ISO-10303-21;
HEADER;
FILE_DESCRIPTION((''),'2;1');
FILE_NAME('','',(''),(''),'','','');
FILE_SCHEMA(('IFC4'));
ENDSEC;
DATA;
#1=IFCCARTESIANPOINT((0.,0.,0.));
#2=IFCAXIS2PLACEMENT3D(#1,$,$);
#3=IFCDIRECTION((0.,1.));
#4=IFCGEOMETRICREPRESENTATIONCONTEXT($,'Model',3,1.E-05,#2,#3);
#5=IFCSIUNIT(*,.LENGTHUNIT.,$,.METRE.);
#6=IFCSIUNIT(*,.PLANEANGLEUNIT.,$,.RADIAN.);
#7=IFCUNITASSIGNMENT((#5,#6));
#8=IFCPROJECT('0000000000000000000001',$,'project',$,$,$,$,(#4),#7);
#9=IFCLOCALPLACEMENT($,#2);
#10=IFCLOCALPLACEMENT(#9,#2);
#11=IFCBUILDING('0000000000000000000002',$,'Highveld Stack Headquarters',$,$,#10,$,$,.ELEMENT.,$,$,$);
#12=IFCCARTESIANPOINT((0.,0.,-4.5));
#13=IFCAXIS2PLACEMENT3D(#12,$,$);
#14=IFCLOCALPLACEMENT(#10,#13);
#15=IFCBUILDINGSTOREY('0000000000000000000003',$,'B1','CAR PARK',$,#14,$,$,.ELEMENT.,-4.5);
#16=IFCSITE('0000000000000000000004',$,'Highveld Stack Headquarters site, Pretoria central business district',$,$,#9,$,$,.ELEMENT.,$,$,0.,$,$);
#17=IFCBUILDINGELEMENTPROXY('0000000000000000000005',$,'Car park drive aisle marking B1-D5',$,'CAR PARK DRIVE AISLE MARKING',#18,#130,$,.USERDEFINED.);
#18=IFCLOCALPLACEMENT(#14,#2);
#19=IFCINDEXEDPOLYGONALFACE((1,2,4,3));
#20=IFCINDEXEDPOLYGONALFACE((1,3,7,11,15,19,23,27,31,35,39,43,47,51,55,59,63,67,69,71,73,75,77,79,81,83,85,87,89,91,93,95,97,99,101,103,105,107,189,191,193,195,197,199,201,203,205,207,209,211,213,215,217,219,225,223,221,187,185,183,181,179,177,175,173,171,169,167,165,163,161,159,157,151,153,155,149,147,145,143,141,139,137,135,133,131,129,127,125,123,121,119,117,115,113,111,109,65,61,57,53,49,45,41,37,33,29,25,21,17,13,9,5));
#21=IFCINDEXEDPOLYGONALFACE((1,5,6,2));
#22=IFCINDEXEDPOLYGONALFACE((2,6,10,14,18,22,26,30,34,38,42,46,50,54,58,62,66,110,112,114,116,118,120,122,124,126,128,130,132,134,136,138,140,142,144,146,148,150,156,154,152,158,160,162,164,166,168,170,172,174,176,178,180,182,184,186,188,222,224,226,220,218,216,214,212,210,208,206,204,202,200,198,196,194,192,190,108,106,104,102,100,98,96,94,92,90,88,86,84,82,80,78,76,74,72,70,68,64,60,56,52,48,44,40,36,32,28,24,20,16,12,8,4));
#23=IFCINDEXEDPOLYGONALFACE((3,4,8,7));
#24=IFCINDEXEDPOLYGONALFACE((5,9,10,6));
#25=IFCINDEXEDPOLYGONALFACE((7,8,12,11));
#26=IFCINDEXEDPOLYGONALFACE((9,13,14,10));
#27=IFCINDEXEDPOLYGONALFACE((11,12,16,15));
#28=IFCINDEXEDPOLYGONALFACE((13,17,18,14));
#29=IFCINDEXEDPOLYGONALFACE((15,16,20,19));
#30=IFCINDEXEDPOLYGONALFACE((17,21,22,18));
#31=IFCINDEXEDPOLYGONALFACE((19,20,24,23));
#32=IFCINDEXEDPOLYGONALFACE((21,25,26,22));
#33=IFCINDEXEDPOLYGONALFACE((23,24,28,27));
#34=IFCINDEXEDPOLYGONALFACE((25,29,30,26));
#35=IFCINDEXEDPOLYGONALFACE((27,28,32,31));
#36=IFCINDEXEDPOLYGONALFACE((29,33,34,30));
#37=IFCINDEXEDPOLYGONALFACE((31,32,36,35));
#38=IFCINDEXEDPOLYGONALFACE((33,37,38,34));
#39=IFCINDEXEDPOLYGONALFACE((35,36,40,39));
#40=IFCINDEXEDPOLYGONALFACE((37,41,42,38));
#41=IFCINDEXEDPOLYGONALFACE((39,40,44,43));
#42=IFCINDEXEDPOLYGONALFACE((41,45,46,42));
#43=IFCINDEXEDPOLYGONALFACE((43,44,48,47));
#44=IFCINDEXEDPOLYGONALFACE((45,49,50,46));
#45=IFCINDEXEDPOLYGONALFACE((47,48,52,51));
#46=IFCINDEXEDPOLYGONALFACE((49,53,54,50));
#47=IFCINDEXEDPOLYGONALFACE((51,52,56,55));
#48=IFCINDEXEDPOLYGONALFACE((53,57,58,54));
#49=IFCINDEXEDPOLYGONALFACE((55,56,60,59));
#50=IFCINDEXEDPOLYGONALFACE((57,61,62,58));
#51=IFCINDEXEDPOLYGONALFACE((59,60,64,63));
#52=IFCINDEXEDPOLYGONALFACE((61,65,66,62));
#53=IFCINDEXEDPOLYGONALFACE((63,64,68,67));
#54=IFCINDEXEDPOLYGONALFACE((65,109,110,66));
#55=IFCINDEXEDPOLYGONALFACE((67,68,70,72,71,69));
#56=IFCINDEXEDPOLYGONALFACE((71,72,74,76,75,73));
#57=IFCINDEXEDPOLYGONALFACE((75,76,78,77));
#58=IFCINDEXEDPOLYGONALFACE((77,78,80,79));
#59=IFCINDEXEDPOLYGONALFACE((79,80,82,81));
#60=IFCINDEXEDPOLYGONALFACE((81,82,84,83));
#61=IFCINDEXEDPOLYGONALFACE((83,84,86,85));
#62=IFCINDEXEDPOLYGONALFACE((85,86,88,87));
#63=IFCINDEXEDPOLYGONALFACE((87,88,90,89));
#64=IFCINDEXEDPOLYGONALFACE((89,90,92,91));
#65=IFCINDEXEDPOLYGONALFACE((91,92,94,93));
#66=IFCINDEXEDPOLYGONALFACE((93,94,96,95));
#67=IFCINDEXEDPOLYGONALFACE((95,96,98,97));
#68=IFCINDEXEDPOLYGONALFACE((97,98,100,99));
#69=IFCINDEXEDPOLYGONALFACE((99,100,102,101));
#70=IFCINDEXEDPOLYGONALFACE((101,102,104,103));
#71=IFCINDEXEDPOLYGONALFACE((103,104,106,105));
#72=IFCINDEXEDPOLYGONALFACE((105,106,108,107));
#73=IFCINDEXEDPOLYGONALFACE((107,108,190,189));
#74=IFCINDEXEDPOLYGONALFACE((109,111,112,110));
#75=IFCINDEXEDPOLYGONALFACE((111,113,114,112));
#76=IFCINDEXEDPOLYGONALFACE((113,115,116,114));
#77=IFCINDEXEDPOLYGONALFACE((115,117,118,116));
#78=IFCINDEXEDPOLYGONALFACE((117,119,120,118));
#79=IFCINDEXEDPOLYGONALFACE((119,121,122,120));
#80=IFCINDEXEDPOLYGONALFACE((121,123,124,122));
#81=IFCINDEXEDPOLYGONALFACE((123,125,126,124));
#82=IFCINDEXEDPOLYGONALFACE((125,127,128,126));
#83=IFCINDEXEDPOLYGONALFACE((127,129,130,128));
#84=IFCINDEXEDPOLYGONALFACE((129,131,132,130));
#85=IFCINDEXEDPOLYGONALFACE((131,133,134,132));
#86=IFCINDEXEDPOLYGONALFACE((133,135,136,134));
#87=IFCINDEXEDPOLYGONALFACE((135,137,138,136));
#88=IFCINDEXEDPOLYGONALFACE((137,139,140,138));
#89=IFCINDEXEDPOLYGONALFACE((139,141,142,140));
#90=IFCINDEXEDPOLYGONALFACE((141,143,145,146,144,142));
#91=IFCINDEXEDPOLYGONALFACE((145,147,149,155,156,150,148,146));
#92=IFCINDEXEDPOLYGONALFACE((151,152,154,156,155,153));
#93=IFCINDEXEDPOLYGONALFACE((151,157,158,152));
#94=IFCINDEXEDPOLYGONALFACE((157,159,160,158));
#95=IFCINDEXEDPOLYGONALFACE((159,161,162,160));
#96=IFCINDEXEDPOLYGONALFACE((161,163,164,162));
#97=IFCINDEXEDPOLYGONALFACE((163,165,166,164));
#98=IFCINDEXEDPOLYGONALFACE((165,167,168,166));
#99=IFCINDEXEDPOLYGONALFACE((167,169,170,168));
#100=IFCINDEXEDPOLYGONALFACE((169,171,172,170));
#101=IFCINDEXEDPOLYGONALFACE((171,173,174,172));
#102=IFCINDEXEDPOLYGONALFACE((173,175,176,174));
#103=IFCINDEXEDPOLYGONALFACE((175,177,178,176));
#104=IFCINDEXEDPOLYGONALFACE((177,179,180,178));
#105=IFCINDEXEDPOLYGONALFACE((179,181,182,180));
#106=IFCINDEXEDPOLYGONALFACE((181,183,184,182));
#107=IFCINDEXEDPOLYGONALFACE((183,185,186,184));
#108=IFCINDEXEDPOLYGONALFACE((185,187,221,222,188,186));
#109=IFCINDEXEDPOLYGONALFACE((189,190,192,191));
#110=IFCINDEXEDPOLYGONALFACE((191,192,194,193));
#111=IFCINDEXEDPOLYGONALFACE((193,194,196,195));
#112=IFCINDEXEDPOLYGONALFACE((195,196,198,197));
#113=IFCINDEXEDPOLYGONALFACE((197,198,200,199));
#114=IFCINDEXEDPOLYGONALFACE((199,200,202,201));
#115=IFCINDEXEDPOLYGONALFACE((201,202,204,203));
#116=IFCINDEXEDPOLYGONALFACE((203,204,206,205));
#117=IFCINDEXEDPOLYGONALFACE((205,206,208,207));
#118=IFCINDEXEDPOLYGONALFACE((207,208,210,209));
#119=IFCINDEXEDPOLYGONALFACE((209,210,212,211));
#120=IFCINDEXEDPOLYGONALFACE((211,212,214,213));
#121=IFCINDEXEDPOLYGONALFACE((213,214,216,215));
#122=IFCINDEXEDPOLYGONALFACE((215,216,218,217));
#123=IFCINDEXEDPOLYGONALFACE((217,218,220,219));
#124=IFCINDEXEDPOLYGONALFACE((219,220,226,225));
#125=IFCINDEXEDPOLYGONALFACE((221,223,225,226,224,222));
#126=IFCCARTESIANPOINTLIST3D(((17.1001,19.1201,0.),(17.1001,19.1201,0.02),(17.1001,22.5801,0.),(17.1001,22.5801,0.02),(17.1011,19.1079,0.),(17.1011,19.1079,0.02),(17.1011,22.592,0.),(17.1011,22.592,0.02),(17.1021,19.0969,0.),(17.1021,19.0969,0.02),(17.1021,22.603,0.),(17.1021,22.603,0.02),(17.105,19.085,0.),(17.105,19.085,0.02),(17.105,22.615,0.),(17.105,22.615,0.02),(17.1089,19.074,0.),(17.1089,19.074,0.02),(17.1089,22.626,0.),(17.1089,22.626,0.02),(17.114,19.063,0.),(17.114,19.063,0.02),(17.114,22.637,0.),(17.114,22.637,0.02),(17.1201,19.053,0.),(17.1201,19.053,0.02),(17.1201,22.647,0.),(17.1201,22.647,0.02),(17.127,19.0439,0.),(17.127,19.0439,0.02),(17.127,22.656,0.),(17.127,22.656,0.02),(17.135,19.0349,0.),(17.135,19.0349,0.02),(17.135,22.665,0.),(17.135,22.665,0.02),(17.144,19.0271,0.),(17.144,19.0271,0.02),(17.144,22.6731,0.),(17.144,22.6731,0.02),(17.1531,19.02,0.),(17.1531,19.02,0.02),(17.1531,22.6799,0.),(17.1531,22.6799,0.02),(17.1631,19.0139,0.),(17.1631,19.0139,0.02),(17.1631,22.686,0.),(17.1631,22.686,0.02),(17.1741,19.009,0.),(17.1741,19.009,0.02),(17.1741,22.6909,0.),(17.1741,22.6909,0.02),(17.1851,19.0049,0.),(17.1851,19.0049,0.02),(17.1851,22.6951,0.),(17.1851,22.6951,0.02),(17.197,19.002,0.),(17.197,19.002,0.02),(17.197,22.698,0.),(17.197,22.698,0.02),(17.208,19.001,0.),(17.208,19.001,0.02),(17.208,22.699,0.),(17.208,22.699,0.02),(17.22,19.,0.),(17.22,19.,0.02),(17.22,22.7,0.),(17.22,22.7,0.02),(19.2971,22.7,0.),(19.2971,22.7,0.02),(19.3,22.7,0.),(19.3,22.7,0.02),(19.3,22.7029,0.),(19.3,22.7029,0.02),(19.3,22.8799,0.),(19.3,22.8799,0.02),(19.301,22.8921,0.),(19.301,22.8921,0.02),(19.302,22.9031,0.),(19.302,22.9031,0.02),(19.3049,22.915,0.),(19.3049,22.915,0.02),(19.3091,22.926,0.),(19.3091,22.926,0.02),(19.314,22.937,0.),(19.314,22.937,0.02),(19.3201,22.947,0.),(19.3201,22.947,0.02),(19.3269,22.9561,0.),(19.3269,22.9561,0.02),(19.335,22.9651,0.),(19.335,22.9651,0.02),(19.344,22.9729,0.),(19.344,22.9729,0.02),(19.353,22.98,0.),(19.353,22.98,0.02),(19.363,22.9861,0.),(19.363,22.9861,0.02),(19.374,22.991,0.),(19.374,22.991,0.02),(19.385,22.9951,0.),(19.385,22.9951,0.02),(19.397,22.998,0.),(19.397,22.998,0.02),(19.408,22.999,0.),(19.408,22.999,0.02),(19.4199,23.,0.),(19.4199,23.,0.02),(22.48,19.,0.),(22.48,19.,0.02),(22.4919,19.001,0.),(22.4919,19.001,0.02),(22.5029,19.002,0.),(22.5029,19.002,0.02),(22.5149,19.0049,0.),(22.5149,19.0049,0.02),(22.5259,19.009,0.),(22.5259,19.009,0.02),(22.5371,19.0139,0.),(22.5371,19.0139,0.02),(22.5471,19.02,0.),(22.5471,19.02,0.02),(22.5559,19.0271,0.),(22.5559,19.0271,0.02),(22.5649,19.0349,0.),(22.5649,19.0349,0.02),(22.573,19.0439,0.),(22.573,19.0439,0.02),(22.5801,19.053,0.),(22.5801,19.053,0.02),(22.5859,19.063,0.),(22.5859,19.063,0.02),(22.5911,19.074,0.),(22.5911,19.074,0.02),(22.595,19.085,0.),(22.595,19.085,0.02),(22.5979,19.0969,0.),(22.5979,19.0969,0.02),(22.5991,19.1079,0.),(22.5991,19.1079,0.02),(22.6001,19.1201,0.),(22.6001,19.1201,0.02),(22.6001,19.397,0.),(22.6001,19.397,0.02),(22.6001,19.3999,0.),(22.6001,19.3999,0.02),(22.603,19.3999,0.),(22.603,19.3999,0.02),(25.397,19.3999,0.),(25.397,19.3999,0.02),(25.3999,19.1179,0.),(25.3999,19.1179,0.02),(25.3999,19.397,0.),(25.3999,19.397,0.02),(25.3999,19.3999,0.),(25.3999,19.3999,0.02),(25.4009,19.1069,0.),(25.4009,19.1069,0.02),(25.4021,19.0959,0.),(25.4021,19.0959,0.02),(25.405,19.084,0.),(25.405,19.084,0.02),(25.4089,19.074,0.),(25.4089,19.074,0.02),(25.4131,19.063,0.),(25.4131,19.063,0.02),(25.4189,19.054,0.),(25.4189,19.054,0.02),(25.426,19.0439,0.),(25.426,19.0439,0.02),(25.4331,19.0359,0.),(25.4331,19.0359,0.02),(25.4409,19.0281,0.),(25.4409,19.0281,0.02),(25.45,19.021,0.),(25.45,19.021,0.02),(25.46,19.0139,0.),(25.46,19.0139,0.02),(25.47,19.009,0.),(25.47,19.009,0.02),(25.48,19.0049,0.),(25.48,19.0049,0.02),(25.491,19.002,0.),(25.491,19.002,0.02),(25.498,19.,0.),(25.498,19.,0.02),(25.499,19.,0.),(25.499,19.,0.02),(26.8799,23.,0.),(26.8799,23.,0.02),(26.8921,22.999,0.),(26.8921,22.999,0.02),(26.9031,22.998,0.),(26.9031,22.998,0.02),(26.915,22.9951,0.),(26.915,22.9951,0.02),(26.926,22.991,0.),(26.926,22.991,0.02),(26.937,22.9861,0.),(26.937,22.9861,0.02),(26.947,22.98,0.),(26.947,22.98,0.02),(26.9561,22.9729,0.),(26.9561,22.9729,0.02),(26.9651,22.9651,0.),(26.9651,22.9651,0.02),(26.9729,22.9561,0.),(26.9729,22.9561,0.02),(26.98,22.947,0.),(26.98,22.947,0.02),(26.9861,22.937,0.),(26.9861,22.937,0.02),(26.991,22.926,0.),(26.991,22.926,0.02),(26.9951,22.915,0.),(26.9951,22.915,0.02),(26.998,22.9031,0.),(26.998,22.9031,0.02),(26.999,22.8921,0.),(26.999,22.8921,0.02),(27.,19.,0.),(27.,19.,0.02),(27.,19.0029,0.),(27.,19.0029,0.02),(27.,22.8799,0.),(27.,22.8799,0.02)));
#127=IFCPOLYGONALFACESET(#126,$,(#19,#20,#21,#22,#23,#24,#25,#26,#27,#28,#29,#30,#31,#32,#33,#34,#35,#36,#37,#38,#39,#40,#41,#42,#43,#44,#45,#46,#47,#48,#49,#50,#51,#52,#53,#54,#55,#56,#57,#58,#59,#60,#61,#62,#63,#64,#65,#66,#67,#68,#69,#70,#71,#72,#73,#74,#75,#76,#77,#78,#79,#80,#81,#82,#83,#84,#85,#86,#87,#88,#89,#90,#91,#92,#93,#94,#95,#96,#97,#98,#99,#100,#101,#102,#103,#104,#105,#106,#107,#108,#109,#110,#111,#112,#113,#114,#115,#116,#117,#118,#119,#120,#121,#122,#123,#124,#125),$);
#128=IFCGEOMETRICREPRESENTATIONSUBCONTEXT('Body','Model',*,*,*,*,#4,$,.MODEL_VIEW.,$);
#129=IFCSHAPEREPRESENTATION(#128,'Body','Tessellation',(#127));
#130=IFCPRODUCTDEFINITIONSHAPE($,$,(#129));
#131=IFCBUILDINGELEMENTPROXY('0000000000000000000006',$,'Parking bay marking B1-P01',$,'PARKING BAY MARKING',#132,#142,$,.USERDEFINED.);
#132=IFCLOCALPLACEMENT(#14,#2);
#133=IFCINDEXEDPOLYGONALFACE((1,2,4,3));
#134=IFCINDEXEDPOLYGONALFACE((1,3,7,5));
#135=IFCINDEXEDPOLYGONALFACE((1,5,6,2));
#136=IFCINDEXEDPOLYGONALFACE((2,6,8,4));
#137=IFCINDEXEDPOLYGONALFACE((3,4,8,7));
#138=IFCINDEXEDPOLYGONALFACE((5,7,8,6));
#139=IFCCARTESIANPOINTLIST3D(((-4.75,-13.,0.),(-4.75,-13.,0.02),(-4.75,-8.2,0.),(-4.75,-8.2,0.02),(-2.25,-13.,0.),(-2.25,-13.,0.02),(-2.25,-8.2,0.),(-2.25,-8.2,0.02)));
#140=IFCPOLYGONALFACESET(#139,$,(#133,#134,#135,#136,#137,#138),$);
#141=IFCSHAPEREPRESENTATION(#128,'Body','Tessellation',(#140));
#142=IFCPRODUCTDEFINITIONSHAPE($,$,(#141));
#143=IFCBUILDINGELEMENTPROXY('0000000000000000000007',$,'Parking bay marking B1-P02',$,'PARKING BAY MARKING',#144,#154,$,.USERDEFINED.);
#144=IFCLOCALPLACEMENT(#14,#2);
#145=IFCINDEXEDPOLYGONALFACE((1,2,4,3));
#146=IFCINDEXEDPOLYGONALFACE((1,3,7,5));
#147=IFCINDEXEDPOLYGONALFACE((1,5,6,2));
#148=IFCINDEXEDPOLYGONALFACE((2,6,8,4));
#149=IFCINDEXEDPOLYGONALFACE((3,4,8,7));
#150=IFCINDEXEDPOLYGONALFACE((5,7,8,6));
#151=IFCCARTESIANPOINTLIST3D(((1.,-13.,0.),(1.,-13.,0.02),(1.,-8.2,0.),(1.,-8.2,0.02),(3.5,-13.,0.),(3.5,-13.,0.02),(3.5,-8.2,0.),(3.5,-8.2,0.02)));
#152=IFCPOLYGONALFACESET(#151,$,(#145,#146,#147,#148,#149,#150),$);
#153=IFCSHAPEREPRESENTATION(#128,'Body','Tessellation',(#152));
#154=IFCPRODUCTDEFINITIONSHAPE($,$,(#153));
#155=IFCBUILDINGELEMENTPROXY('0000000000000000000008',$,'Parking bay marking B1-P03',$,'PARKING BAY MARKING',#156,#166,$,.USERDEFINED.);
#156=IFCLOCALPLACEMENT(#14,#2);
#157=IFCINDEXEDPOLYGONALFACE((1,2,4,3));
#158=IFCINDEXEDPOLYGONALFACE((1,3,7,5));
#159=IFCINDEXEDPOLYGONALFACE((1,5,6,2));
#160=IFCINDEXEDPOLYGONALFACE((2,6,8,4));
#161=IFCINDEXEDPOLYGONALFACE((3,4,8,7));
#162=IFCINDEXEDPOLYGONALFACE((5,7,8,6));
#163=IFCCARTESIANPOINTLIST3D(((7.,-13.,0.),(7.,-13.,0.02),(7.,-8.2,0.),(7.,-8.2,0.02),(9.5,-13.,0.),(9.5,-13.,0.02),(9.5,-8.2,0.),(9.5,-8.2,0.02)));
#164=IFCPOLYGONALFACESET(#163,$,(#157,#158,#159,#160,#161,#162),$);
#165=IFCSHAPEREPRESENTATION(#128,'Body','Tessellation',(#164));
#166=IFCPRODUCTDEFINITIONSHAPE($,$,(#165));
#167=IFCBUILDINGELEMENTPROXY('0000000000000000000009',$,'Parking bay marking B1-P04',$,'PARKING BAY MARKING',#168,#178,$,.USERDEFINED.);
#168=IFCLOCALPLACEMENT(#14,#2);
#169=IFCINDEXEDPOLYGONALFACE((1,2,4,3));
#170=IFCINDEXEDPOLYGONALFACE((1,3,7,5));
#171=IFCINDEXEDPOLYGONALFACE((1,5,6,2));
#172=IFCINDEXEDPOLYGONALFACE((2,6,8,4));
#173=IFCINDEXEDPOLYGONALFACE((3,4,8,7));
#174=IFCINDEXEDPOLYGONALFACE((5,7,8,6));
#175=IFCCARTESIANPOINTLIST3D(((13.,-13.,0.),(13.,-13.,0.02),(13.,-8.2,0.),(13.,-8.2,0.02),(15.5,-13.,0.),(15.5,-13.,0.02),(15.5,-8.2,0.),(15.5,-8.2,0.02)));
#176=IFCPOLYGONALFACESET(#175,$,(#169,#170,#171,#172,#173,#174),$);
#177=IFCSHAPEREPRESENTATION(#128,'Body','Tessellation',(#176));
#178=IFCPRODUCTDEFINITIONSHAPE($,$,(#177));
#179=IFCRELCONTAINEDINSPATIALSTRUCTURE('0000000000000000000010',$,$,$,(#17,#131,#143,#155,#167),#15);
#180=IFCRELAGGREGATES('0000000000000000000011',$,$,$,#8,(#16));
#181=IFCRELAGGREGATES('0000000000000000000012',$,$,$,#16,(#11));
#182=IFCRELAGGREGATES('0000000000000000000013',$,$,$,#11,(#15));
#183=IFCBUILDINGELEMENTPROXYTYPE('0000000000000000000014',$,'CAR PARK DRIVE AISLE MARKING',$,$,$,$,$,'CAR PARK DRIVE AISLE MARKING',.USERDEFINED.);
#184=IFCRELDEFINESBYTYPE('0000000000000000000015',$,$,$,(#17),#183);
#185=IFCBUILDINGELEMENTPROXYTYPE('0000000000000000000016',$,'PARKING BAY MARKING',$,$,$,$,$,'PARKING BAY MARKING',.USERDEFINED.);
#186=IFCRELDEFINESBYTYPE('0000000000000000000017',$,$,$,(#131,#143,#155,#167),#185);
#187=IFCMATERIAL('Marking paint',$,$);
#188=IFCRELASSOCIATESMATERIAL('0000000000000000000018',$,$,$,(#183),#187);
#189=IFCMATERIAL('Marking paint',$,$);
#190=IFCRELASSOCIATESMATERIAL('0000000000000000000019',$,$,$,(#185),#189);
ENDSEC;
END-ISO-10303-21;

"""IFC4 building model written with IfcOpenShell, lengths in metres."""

from ifc_helpers import new_model, si_unit, direction, frame, origin, place, context, subcontext, project, spatial, polyline, outline, extrude, material, type_object, element, save


model = new_model("IFC4")

# Units and contexts
model_context = context("Model", 3, precision=1e-05, world=origin(), true_north=direction((0.0, 1.0)))
body_context = subcontext(model_context, "Body", "Model", "MODEL_VIEW")
ifc_project = project(units=[si_unit("LENGTHUNIT", "METRE"), si_unit("PLANEANGLEUNIT", "RADIAN")], contexts=[model_context])

# Site, building, storey
site_placement = place(None, origin())
site = spatial("IfcSite", under=ifc_project, at=site_placement, Name="Highveld Stack Headquarters site, Pretoria central business district", CompositionType="ELEMENT", RefElevation=0.0)
building_placement = place(site_placement, origin())
building = spatial("IfcBuilding", under=site, at=building_placement, Name="Highveld Stack Headquarters", CompositionType="ELEMENT")
storey_placement = place(building_placement, frame((0.0, 0.0, -4.5)))
storey = spatial("IfcBuildingStorey", under=building, at=storey_placement, Name="B1", Description="CAR PARK", CompositionType="ELEMENT", Elevation=-4.5)

# Building element proxies
ifc_material_1 = material(Name="Marking paint")
building_element_proxy_type_1 = type_object("IfcBuildingElementProxyType", Name="CAR PARK DRIVE AISLE MARKING", ElementType="CAR PARK DRIVE AISLE MARKING", PredefinedType="USERDEFINED", material=ifc_material_1)
proxy_1_placement = place(storey_placement, origin())
element("IfcBuildingElementProxy", 1, at=proxy_1_placement, inside=storey, type_object=building_element_proxy_type_1, Name="Car park drive aisle marking B1-D5", ObjectType="CAR PARK DRIVE AISLE MARKING", PredefinedType="USERDEFINED", context=body_context, shape_type="SweptSolid", body=[
    extrude(outline(polyline([(17.208, 19.001), (17.197, 19.002), (17.1851, 19.0049), (17.1741, 19.009), (17.1631, 19.0139), (17.1531, 19.02), (17.144, 19.0271), (17.135, 19.0349), (17.127, 19.0439), (17.1201, 19.053), (17.114, 19.063), (17.1089, 19.074), (17.105, 19.085), (17.1021, 19.0969), (17.1011, 19.1079), (17.1001, 19.1201), (17.1001, 22.5801), (17.1011, 22.592), (17.1021, 22.603), (17.105, 22.615), (17.1089, 22.626), (17.114, 22.637), (17.1201, 22.647), (17.127, 22.656), (17.135, 22.665), (17.144, 22.6731), (17.1531, 22.6799), (17.1631, 22.686), (17.1741, 22.6909), (17.1851, 22.6951), (17.197, 22.698), (17.208, 22.699), (17.22, 22.7), (19.2971, 22.7), (19.3, 22.7), (19.3, 22.7029), (19.3, 22.8799), (19.301, 22.8921), (19.302, 22.9031), (19.3049, 22.915), (19.3091, 22.926), (19.314, 22.937), (19.3201, 22.947), (19.3269, 22.9561), (19.335, 22.9651), (19.344, 22.9729), (19.353, 22.98), (19.363, 22.9861), (19.374, 22.991), (19.385, 22.9951), (19.397, 22.998), (19.408, 22.999), (19.4199, 23.0), (26.8799, 23.0), (26.8921, 22.999), (26.9031, 22.998), (26.915, 22.9951), (26.926, 22.991), (26.937, 22.9861), (26.947, 22.98), (26.9561, 22.9729), (26.9651, 22.9651), (26.9729, 22.9561), (26.98, 22.947), (26.9861, 22.937), (26.991, 22.926), (26.9951, 22.915), (26.998, 22.9031), (26.999, 22.8921), (27.0, 22.8799), (27.0, 19.0029), (27.0, 19.0), (25.499, 19.0), (25.498, 19.0), (25.491, 19.002), (25.48, 19.0049), (25.47, 19.009), (25.46, 19.0139), (25.45, 19.021), (25.4409, 19.0281), (25.4331, 19.0359), (25.426, 19.0439), (25.4189, 19.054), (25.4131, 19.063), (25.4089, 19.074), (25.405, 19.084), (25.4021, 19.0959), (25.4009, 19.1069), (25.3999, 19.1179), (25.3999, 19.397), (25.3999, 19.3999), (25.397, 19.3999), (22.603, 19.3999), (22.6001, 19.3999), (22.6001, 19.397), (22.6001, 19.1201), (22.5991, 19.1079), (22.5979, 19.0969), (22.595, 19.085), (22.5911, 19.074), (22.5859, 19.063), (22.5801, 19.053), (22.573, 19.0439), (22.5649, 19.0349), (22.5559, 19.0271), (22.5471, 19.02), (22.5371, 19.0139), (22.5259, 19.009), (22.5149, 19.0049), (22.5029, 19.002), (22.4919, 19.001), (22.48, 19.0), (17.22, 19.0), (17.208, 19.001)])), origin(), (0.0, 0.0, 1.0), 0.02),
])
ifc_material_2 = material(Name="Marking paint")
building_element_proxy_type_2 = type_object("IfcBuildingElementProxyType", Name="PARKING BAY MARKING", ElementType="PARKING BAY MARKING", PredefinedType="USERDEFINED", material=ifc_material_2)
proxy_2_placement = place(storey_placement, origin())
element("IfcBuildingElementProxy", 2, at=proxy_2_placement, inside=storey, type_object=building_element_proxy_type_2, Name="Parking bay marking B1-P01", ObjectType="PARKING BAY MARKING", PredefinedType="USERDEFINED", context=body_context, shape_type="SweptSolid", body=[
    extrude(outline(polyline([(-2.25, -13.0), (-2.25, -8.2), (-4.75, -8.2), (-4.75, -13.0), (-2.25, -13.0)])), origin(), (0.0, 0.0, 1.0), 0.02),
])
proxy_3_placement = place(storey_placement, origin())
element("IfcBuildingElementProxy", 3, at=proxy_3_placement, inside=storey, type_object=building_element_proxy_type_2, Name="Parking bay marking B1-P02", ObjectType="PARKING BAY MARKING", PredefinedType="USERDEFINED", context=body_context, shape_type="SweptSolid", body=[
    extrude(outline(polyline([(3.5, -13.0), (3.5, -8.2), (1.0, -8.2), (1.0, -13.0), (3.5, -13.0)])), origin(), (0.0, 0.0, 1.0), 0.02),
])
proxy_4_placement = place(storey_placement, origin())
element("IfcBuildingElementProxy", 4, at=proxy_4_placement, inside=storey, type_object=building_element_proxy_type_2, Name="Parking bay marking B1-P03", ObjectType="PARKING BAY MARKING", PredefinedType="USERDEFINED", context=body_context, shape_type="SweptSolid", body=[
    extrude(outline(polyline([(9.5, -13.0), (9.5, -8.2), (7.0, -8.2), (7.0, -13.0), (9.5, -13.0)])), origin(), (0.0, 0.0, 1.0), 0.02),
])
proxy_5_placement = place(storey_placement, origin())
element("IfcBuildingElementProxy", 5, at=proxy_5_placement, inside=storey, type_object=building_element_proxy_type_2, Name="Parking bay marking B1-P04", ObjectType="PARKING BAY MARKING", PredefinedType="USERDEFINED", context=body_context, shape_type="SweptSolid", body=[
    extrude(outline(polyline([(15.5, -13.0), (15.5, -8.2), (13.0, -8.2), (13.0, -13.0), (15.5, -13.0)])), origin(), (0.0, 0.0, 1.0), 0.02),
])

save(model, "model.ifc")
